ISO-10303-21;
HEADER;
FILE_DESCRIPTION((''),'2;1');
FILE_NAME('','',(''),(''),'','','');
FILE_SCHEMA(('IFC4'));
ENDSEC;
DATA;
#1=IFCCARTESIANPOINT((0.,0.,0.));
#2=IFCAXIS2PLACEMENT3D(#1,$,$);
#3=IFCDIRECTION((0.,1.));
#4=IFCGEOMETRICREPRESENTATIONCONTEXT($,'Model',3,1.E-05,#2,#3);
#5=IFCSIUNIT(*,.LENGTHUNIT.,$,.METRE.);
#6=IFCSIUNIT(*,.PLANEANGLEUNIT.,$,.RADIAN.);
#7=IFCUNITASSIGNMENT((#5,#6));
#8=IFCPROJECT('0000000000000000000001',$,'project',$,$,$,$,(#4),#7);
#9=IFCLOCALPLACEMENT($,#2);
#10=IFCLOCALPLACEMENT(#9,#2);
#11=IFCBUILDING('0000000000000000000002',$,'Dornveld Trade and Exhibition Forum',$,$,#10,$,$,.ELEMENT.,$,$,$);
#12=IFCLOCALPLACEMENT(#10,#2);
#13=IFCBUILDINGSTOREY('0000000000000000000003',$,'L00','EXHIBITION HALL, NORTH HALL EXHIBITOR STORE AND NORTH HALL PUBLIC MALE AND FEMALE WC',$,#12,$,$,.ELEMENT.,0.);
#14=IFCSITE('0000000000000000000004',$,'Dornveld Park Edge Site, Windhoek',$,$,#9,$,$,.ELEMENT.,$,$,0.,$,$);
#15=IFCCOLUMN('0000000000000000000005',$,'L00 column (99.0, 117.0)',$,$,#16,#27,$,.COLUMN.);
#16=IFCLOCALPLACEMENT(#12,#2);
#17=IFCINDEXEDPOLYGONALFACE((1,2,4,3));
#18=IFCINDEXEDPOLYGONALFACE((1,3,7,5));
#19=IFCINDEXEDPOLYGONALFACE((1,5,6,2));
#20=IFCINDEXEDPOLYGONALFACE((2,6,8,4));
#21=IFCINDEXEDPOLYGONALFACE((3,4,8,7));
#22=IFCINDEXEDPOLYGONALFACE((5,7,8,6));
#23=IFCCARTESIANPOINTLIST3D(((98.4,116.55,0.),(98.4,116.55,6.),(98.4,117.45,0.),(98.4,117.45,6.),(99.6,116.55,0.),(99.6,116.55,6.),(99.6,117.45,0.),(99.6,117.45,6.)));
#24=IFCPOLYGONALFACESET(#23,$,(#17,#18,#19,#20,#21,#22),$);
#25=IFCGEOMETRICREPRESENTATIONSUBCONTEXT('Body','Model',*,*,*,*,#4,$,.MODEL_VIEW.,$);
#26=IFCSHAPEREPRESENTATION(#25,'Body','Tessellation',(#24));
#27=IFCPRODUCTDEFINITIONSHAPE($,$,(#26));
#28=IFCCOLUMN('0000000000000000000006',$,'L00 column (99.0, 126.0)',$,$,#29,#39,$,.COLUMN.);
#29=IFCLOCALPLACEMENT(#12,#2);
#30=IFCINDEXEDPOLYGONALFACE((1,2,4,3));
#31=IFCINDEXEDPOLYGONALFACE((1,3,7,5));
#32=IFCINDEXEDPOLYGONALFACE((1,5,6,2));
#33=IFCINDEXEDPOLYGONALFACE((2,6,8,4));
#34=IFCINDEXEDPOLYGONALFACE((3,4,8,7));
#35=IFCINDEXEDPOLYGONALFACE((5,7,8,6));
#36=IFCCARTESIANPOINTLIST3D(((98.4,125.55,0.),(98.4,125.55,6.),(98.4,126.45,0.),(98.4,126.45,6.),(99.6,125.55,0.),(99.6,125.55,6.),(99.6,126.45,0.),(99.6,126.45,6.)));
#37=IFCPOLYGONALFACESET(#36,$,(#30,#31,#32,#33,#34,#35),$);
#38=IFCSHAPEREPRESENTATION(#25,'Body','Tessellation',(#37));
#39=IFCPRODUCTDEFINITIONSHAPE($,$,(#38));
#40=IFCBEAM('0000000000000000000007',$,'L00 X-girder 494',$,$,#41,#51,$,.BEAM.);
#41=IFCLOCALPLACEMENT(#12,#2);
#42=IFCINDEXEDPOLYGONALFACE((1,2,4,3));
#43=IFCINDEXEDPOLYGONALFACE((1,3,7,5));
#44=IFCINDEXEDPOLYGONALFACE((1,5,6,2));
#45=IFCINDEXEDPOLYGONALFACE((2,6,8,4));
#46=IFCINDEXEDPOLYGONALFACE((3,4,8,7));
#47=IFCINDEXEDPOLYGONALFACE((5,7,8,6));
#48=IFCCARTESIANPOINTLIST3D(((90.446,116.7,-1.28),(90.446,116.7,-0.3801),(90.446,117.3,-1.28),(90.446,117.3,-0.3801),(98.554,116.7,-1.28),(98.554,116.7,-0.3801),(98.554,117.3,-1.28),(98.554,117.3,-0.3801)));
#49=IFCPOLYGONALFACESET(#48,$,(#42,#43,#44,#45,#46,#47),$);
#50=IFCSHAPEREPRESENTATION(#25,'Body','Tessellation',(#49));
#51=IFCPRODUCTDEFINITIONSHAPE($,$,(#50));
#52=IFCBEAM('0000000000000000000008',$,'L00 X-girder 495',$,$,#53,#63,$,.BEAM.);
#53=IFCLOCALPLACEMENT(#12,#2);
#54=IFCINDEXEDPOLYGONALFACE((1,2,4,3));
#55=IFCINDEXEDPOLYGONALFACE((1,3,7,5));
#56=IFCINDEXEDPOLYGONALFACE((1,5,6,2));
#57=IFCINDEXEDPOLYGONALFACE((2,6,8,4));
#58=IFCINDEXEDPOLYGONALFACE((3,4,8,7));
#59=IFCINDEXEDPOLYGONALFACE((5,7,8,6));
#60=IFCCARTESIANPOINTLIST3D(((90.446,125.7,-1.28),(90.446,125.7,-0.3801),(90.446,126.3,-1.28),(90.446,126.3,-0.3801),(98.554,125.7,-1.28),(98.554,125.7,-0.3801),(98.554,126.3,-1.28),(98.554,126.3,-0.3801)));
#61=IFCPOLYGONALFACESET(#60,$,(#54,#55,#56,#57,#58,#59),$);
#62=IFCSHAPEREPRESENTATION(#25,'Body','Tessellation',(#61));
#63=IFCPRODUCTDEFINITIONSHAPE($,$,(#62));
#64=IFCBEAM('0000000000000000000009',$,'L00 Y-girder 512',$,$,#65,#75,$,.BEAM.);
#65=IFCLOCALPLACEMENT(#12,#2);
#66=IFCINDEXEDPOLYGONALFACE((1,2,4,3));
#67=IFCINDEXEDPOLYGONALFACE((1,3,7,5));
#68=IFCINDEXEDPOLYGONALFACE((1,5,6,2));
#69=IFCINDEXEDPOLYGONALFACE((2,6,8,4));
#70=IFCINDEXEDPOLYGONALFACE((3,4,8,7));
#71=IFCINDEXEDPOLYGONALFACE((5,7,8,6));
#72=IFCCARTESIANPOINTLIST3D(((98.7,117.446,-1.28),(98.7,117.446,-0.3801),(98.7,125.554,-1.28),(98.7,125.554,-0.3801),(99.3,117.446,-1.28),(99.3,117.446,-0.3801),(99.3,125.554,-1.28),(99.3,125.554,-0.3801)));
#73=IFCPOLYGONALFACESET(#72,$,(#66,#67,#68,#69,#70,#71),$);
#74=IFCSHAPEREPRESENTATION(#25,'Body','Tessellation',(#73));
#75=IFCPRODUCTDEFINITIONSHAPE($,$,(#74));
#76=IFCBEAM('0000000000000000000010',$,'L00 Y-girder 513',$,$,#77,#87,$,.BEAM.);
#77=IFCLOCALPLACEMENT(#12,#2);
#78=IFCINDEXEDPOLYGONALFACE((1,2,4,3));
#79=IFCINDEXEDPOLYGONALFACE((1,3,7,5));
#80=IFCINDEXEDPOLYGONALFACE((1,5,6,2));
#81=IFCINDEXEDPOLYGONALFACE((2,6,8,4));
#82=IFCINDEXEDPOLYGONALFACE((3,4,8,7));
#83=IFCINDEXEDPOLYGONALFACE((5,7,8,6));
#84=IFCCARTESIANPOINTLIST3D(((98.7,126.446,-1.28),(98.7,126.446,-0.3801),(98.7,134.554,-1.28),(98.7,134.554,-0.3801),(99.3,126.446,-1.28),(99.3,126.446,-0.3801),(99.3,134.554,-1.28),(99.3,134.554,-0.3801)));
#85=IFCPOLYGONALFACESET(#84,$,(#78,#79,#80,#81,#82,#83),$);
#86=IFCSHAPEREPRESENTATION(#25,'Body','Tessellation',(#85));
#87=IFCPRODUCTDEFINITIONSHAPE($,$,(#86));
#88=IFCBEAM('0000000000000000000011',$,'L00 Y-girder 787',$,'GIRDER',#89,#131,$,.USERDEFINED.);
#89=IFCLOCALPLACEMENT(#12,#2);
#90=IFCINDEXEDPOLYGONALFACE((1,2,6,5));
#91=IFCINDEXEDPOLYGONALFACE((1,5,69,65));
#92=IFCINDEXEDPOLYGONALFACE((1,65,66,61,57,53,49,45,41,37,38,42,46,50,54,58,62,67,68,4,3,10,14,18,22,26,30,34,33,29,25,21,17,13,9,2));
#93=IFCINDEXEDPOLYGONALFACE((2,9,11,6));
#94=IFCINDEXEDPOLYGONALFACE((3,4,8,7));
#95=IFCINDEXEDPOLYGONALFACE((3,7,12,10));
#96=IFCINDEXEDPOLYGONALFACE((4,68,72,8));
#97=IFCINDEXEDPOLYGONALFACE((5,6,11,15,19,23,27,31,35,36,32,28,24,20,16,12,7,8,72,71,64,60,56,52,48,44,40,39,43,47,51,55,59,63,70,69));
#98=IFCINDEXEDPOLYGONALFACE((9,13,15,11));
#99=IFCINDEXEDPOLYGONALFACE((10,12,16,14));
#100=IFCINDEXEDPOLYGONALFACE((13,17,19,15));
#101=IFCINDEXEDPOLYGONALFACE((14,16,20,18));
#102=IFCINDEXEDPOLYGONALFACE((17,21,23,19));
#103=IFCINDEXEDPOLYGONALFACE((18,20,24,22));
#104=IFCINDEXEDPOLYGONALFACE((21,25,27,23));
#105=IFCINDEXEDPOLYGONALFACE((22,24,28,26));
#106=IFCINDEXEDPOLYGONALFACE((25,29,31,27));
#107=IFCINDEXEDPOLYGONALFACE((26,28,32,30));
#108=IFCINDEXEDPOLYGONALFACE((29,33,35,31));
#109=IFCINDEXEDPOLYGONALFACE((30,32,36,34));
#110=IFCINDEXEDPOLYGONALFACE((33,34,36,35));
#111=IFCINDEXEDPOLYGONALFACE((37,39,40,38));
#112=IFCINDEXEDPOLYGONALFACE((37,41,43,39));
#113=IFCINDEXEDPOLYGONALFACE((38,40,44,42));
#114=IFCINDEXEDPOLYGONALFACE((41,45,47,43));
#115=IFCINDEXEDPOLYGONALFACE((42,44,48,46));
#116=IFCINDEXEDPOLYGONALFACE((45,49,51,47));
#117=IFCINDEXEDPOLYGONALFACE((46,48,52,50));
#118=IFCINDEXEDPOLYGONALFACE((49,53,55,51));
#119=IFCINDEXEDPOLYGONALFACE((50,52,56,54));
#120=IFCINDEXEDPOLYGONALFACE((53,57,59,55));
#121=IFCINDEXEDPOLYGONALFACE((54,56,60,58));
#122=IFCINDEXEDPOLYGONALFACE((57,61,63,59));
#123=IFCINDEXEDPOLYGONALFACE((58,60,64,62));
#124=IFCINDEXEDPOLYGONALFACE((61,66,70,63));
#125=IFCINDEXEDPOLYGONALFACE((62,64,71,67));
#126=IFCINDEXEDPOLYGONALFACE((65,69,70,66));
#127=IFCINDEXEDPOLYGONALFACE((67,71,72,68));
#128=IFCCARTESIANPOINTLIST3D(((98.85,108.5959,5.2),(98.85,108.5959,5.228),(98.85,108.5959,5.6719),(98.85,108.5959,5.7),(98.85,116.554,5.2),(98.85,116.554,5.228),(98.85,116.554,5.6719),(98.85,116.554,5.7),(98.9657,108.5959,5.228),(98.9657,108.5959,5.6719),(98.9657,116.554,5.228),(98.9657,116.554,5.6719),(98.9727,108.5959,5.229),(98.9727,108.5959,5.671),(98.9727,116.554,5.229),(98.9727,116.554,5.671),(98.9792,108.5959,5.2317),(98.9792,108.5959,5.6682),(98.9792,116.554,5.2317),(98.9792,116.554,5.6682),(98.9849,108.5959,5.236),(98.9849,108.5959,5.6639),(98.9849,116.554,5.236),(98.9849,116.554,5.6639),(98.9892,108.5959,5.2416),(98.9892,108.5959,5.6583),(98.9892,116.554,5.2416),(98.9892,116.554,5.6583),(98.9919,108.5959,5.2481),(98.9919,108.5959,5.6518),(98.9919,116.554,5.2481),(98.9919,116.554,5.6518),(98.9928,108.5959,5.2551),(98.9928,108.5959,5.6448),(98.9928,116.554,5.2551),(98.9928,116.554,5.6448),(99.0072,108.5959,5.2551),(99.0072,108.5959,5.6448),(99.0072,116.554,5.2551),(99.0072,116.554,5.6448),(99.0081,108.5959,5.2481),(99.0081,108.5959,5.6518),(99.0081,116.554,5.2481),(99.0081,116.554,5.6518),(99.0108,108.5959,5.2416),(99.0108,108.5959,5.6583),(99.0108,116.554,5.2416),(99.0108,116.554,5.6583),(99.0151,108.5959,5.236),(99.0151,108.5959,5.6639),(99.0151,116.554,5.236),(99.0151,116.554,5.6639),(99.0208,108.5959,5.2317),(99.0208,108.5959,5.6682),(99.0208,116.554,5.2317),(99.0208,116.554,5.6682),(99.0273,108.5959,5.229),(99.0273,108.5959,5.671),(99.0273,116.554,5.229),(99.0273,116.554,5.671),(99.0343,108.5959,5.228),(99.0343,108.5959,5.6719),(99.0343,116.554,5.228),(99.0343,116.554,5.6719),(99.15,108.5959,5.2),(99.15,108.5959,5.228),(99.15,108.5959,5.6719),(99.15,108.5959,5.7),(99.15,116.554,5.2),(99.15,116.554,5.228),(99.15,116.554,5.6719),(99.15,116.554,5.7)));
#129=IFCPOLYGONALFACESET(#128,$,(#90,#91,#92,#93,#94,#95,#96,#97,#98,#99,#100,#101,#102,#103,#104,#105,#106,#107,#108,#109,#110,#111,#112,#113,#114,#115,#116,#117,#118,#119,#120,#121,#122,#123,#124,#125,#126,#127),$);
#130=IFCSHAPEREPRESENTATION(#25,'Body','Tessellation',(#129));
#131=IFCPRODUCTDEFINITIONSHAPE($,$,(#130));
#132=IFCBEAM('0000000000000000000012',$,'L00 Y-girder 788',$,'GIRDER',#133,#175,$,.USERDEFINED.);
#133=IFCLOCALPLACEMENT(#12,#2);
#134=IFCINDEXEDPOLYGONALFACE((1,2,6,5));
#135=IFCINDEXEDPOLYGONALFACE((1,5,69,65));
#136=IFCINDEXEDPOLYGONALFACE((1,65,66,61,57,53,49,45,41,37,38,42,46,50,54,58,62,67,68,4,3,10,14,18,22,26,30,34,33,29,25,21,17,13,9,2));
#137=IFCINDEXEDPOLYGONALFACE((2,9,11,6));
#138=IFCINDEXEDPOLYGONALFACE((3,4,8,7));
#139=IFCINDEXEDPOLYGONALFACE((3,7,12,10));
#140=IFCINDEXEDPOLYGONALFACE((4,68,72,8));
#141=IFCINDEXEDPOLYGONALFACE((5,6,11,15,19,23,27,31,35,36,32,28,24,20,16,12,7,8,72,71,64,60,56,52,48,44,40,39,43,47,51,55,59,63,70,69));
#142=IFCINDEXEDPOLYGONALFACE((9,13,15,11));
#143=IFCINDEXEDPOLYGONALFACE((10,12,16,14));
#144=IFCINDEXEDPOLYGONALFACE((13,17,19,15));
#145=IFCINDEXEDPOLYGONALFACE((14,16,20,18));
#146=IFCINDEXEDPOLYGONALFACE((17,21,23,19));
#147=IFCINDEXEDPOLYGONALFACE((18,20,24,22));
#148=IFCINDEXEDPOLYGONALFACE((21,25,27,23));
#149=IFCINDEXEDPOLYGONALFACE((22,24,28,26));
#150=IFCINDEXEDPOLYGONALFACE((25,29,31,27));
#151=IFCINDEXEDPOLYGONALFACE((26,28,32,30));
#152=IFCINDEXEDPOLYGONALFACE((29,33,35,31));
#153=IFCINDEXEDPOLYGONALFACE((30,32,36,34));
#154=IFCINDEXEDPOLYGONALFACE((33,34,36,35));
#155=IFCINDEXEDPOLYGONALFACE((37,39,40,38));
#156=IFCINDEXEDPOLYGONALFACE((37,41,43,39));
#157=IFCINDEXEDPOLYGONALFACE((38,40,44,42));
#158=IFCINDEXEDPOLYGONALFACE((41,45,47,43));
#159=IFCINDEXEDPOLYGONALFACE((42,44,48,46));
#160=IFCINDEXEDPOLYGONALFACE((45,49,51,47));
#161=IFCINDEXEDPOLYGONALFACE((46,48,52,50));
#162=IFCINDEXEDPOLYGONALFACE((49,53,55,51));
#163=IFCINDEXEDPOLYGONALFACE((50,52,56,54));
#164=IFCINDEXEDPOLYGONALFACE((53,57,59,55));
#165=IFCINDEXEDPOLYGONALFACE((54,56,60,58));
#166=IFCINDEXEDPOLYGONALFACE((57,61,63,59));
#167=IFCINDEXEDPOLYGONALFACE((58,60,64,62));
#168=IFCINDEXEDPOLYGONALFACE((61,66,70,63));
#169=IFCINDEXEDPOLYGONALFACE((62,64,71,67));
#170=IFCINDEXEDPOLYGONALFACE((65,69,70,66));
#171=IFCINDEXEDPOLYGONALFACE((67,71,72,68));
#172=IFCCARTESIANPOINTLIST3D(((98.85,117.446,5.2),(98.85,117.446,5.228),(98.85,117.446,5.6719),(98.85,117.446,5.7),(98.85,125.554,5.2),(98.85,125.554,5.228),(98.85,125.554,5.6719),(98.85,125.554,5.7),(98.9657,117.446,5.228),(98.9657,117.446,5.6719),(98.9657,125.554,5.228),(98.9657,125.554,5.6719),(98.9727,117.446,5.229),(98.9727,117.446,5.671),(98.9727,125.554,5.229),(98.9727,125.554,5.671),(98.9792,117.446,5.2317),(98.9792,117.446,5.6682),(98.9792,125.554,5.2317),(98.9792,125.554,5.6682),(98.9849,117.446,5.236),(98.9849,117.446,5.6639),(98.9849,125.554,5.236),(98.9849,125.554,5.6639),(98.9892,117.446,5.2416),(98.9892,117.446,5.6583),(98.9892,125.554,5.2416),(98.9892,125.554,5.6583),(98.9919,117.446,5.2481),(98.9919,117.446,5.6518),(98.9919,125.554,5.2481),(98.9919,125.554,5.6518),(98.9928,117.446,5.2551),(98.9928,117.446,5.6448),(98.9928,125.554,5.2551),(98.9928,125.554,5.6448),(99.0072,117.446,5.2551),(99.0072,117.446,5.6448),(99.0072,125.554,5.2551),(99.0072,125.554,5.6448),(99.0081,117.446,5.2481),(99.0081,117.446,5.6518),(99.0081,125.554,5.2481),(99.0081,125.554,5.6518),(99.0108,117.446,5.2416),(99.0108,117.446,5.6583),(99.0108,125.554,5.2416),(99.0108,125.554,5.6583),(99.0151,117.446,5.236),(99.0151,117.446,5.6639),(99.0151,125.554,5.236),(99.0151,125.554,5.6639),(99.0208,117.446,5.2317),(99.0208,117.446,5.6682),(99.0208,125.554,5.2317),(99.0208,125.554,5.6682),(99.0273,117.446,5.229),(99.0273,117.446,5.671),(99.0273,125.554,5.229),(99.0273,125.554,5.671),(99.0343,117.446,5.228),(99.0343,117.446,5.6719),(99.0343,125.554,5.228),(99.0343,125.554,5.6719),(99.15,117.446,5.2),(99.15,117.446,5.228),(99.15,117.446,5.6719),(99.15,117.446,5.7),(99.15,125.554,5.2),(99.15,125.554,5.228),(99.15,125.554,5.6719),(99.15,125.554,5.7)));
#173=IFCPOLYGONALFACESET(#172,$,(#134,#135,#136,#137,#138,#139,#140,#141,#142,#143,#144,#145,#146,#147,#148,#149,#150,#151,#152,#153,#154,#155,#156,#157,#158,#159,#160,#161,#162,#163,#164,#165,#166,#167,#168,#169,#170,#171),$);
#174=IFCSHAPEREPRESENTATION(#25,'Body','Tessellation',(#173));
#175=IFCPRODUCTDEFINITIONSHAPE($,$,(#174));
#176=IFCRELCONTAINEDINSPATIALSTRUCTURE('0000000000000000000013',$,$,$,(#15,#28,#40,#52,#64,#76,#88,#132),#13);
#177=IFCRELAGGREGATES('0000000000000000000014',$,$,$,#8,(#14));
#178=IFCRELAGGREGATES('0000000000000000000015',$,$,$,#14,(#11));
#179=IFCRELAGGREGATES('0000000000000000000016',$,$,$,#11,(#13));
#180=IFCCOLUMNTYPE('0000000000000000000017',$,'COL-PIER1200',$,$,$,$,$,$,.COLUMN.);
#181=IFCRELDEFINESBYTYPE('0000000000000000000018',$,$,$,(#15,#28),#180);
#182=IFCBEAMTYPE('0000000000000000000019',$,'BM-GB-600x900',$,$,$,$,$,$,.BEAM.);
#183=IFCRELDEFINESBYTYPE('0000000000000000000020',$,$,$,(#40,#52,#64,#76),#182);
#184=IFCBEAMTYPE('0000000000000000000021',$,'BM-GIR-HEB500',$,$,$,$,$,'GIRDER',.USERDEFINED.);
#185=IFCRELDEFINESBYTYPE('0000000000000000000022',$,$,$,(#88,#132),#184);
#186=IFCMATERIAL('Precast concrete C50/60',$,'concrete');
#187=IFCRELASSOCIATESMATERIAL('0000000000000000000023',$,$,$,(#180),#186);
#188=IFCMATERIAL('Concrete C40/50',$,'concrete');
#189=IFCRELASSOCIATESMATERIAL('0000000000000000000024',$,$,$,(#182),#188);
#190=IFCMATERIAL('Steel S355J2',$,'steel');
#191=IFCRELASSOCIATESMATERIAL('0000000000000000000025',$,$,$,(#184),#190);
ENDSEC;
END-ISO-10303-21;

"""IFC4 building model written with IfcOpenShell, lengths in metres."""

from ifc_helpers import new_model, si_unit, direction, frame, origin, origin_2d, place, context, subcontext, project, spatial, rectangle, i_section, extrude, material, material_profile, profile_set, type_object, element, save


model = new_model("IFC4")

# Units and contexts
model_context = context("Model", 3, precision=1e-05, world=origin(), true_north=direction((0.0, 1.0)))
body_context = subcontext(model_context, "Body", "Model", "MODEL_VIEW")
ifc_project = project(units=[si_unit("LENGTHUNIT", "METRE"), si_unit("PLANEANGLEUNIT", "RADIAN")], contexts=[model_context])

# Site, building, storey
site_placement = place(None, origin())
site = spatial("IfcSite", under=ifc_project, at=site_placement, Name="Dornveld Park Edge Site, Windhoek", CompositionType="ELEMENT", RefElevation=0.0)
building_placement = place(site_placement, origin())
building = spatial("IfcBuilding", under=site, at=building_placement, Name="Dornveld Trade and Exhibition Forum", CompositionType="ELEMENT")
storey_placement = place(building_placement, origin())
storey = spatial("IfcBuildingStorey", under=building, at=storey_placement, Name="L00", Description="EXHIBITION HALL, NORTH HALL EXHIBITOR STORE AND NORTH HALL PUBLIC MALE AND FEMALE WC", CompositionType="ELEMENT", Elevation=0.0)

# Columns
ifc_material_1 = material(Name="Precast concrete C50/60", Category="concrete")
ifc_material_profile_1 = material_profile(ifc_material_1, rectangle(XDim=1.2, YDim=0.8999, at=origin_2d()), Name="PC-PIER 1200x900")
ifc_profile_set_1 = profile_set([ifc_material_profile_1], Name="Precast concrete C50/60")
column_type = type_object("IfcColumnType", Name="COL-PIER1200", PredefinedType="COLUMN", material=ifc_profile_set_1)
for number, where, z_axis, x_axis, name in (
    (1, (99.0, 117.0, 0.0), (0.0, 0.0, 1.0), (1.0, 0.0, 0.0), "L00 column (99.0, 117.0)"),
    (2, (99.0, 126.0, 0.0), (0.0, 0.0, 1.0), (1.0, 0.0, 0.0), "L00 column (99.0, 126.0)"),
):
    element("IfcColumn", number, at=place(storey_placement, frame(where, z_axis=z_axis, x_axis=x_axis)), inside=storey, type_object=column_type, Name=name, PredefinedType="COLUMN", context=body_context, shape_type="SweptSolid", body=[
        extrude(rectangle(XDim=1.2, YDim=0.8999, at=origin_2d()), origin(), (0.0, 0.0, 1.0), 6.0),
    ])

# Beams
ifc_material_2 = material(Name="Concrete C40/50", Category="concrete")
ifc_material_profile_2 = material_profile(ifc_material_2, rectangle(XDim=0.6001, YDim=0.8999, at=origin_2d()), Name="RC-GB 600x900")
ifc_profile_set_2 = profile_set([ifc_material_profile_2], Name="Concrete C40/50")
beam_type_1 = type_object("IfcBeamType", Name="BM-GB-600x900", PredefinedType="BEAM", material=ifc_profile_set_2)
for number, where, z_axis, x_axis, name in (
    (3, (90.446, 117.0, -0.8301), (1.0, 0.0, 0.0), (0.0, 1.0, 0.0), "L00 X-girder 494"),
    (4, (90.446, 126.0, -0.8301), (1.0, 0.0, 0.0), (0.0, 1.0, 0.0), "L00 X-girder 495"),
    (5, (99.0, 117.446, -0.8301), (0.0, 1.0, 0.0), (-1.0, 0.0, 0.0), "L00 Y-girder 512"),
    (6, (99.0, 126.446, -0.8301), (0.0, 1.0, 0.0), (-1.0, 0.0, 0.0), "L00 Y-girder 513"),
):
    element("IfcBeam", number, at=place(storey_placement, frame(where, z_axis=z_axis, x_axis=x_axis)), inside=storey, type_object=beam_type_1, Name=name, PredefinedType="BEAM", context=body_context, shape_type="SweptSolid", body=[
        extrude(rectangle(XDim=0.6001, YDim=0.8999, at=origin_2d()), origin(), (0.0, 0.0, 1.0), 8.1079),
    ])
ifc_material_3 = material(Name="Steel S355J2", Category="steel")
ifc_material_profile_3 = material_profile(ifc_material_3, i_section(OverallWidth=0.3, OverallDepth=0.5, WebThickness=0.0144, FlangeThickness=0.0281, FilletRadius=0.0271, at=origin_2d()), Name="HEB 500")
ifc_profile_set_3 = profile_set([ifc_material_profile_3], Name="Steel S355J2")
beam_type_2 = type_object("IfcBeamType", Name="BM-GIR-HEB500", ElementType="GIRDER", PredefinedType="USERDEFINED", material=ifc_profile_set_3)
beam_placement = place(storey_placement, frame((99.0, 108.5959, 5.45), z_axis=(0.0, 1.0, 0.0), x_axis=(-1.0, 0.0, 0.0)))
element("IfcBeam", 7, at=beam_placement, inside=storey, type_object=beam_type_2, Name="L00 Y-girder 787", ObjectType="GIRDER", PredefinedType="USERDEFINED", context=body_context, shape_type="SweptSolid", body=[
    extrude(i_section(OverallWidth=0.3, OverallDepth=0.5, WebThickness=0.0144, FlangeThickness=0.0281, FilletRadius=0.0271, at=origin_2d()), origin(), (0.0, 0.0, 1.0), 7.958),
])
for number, where, z_axis, x_axis, name in (
    (8, (99.0, 117.446, 5.45), (0.0, 1.0, 0.0), (-1.0, 0.0, 0.0), "L00 Y-girder 788"),
):
    element("IfcBeam", number, at=place(storey_placement, frame(where, z_axis=z_axis, x_axis=x_axis)), inside=storey, type_object=beam_type_2, Name=name, ObjectType="GIRDER", PredefinedType="USERDEFINED", context=body_context, shape_type="SweptSolid", body=[
        extrude(i_section(OverallWidth=0.3, OverallDepth=0.5, WebThickness=0.0144, FlangeThickness=0.0281, FilletRadius=0.0271, at=origin_2d()), origin(), (0.0, 0.0, 1.0), 8.1079),
    ])

save(model, "model.ifc")
